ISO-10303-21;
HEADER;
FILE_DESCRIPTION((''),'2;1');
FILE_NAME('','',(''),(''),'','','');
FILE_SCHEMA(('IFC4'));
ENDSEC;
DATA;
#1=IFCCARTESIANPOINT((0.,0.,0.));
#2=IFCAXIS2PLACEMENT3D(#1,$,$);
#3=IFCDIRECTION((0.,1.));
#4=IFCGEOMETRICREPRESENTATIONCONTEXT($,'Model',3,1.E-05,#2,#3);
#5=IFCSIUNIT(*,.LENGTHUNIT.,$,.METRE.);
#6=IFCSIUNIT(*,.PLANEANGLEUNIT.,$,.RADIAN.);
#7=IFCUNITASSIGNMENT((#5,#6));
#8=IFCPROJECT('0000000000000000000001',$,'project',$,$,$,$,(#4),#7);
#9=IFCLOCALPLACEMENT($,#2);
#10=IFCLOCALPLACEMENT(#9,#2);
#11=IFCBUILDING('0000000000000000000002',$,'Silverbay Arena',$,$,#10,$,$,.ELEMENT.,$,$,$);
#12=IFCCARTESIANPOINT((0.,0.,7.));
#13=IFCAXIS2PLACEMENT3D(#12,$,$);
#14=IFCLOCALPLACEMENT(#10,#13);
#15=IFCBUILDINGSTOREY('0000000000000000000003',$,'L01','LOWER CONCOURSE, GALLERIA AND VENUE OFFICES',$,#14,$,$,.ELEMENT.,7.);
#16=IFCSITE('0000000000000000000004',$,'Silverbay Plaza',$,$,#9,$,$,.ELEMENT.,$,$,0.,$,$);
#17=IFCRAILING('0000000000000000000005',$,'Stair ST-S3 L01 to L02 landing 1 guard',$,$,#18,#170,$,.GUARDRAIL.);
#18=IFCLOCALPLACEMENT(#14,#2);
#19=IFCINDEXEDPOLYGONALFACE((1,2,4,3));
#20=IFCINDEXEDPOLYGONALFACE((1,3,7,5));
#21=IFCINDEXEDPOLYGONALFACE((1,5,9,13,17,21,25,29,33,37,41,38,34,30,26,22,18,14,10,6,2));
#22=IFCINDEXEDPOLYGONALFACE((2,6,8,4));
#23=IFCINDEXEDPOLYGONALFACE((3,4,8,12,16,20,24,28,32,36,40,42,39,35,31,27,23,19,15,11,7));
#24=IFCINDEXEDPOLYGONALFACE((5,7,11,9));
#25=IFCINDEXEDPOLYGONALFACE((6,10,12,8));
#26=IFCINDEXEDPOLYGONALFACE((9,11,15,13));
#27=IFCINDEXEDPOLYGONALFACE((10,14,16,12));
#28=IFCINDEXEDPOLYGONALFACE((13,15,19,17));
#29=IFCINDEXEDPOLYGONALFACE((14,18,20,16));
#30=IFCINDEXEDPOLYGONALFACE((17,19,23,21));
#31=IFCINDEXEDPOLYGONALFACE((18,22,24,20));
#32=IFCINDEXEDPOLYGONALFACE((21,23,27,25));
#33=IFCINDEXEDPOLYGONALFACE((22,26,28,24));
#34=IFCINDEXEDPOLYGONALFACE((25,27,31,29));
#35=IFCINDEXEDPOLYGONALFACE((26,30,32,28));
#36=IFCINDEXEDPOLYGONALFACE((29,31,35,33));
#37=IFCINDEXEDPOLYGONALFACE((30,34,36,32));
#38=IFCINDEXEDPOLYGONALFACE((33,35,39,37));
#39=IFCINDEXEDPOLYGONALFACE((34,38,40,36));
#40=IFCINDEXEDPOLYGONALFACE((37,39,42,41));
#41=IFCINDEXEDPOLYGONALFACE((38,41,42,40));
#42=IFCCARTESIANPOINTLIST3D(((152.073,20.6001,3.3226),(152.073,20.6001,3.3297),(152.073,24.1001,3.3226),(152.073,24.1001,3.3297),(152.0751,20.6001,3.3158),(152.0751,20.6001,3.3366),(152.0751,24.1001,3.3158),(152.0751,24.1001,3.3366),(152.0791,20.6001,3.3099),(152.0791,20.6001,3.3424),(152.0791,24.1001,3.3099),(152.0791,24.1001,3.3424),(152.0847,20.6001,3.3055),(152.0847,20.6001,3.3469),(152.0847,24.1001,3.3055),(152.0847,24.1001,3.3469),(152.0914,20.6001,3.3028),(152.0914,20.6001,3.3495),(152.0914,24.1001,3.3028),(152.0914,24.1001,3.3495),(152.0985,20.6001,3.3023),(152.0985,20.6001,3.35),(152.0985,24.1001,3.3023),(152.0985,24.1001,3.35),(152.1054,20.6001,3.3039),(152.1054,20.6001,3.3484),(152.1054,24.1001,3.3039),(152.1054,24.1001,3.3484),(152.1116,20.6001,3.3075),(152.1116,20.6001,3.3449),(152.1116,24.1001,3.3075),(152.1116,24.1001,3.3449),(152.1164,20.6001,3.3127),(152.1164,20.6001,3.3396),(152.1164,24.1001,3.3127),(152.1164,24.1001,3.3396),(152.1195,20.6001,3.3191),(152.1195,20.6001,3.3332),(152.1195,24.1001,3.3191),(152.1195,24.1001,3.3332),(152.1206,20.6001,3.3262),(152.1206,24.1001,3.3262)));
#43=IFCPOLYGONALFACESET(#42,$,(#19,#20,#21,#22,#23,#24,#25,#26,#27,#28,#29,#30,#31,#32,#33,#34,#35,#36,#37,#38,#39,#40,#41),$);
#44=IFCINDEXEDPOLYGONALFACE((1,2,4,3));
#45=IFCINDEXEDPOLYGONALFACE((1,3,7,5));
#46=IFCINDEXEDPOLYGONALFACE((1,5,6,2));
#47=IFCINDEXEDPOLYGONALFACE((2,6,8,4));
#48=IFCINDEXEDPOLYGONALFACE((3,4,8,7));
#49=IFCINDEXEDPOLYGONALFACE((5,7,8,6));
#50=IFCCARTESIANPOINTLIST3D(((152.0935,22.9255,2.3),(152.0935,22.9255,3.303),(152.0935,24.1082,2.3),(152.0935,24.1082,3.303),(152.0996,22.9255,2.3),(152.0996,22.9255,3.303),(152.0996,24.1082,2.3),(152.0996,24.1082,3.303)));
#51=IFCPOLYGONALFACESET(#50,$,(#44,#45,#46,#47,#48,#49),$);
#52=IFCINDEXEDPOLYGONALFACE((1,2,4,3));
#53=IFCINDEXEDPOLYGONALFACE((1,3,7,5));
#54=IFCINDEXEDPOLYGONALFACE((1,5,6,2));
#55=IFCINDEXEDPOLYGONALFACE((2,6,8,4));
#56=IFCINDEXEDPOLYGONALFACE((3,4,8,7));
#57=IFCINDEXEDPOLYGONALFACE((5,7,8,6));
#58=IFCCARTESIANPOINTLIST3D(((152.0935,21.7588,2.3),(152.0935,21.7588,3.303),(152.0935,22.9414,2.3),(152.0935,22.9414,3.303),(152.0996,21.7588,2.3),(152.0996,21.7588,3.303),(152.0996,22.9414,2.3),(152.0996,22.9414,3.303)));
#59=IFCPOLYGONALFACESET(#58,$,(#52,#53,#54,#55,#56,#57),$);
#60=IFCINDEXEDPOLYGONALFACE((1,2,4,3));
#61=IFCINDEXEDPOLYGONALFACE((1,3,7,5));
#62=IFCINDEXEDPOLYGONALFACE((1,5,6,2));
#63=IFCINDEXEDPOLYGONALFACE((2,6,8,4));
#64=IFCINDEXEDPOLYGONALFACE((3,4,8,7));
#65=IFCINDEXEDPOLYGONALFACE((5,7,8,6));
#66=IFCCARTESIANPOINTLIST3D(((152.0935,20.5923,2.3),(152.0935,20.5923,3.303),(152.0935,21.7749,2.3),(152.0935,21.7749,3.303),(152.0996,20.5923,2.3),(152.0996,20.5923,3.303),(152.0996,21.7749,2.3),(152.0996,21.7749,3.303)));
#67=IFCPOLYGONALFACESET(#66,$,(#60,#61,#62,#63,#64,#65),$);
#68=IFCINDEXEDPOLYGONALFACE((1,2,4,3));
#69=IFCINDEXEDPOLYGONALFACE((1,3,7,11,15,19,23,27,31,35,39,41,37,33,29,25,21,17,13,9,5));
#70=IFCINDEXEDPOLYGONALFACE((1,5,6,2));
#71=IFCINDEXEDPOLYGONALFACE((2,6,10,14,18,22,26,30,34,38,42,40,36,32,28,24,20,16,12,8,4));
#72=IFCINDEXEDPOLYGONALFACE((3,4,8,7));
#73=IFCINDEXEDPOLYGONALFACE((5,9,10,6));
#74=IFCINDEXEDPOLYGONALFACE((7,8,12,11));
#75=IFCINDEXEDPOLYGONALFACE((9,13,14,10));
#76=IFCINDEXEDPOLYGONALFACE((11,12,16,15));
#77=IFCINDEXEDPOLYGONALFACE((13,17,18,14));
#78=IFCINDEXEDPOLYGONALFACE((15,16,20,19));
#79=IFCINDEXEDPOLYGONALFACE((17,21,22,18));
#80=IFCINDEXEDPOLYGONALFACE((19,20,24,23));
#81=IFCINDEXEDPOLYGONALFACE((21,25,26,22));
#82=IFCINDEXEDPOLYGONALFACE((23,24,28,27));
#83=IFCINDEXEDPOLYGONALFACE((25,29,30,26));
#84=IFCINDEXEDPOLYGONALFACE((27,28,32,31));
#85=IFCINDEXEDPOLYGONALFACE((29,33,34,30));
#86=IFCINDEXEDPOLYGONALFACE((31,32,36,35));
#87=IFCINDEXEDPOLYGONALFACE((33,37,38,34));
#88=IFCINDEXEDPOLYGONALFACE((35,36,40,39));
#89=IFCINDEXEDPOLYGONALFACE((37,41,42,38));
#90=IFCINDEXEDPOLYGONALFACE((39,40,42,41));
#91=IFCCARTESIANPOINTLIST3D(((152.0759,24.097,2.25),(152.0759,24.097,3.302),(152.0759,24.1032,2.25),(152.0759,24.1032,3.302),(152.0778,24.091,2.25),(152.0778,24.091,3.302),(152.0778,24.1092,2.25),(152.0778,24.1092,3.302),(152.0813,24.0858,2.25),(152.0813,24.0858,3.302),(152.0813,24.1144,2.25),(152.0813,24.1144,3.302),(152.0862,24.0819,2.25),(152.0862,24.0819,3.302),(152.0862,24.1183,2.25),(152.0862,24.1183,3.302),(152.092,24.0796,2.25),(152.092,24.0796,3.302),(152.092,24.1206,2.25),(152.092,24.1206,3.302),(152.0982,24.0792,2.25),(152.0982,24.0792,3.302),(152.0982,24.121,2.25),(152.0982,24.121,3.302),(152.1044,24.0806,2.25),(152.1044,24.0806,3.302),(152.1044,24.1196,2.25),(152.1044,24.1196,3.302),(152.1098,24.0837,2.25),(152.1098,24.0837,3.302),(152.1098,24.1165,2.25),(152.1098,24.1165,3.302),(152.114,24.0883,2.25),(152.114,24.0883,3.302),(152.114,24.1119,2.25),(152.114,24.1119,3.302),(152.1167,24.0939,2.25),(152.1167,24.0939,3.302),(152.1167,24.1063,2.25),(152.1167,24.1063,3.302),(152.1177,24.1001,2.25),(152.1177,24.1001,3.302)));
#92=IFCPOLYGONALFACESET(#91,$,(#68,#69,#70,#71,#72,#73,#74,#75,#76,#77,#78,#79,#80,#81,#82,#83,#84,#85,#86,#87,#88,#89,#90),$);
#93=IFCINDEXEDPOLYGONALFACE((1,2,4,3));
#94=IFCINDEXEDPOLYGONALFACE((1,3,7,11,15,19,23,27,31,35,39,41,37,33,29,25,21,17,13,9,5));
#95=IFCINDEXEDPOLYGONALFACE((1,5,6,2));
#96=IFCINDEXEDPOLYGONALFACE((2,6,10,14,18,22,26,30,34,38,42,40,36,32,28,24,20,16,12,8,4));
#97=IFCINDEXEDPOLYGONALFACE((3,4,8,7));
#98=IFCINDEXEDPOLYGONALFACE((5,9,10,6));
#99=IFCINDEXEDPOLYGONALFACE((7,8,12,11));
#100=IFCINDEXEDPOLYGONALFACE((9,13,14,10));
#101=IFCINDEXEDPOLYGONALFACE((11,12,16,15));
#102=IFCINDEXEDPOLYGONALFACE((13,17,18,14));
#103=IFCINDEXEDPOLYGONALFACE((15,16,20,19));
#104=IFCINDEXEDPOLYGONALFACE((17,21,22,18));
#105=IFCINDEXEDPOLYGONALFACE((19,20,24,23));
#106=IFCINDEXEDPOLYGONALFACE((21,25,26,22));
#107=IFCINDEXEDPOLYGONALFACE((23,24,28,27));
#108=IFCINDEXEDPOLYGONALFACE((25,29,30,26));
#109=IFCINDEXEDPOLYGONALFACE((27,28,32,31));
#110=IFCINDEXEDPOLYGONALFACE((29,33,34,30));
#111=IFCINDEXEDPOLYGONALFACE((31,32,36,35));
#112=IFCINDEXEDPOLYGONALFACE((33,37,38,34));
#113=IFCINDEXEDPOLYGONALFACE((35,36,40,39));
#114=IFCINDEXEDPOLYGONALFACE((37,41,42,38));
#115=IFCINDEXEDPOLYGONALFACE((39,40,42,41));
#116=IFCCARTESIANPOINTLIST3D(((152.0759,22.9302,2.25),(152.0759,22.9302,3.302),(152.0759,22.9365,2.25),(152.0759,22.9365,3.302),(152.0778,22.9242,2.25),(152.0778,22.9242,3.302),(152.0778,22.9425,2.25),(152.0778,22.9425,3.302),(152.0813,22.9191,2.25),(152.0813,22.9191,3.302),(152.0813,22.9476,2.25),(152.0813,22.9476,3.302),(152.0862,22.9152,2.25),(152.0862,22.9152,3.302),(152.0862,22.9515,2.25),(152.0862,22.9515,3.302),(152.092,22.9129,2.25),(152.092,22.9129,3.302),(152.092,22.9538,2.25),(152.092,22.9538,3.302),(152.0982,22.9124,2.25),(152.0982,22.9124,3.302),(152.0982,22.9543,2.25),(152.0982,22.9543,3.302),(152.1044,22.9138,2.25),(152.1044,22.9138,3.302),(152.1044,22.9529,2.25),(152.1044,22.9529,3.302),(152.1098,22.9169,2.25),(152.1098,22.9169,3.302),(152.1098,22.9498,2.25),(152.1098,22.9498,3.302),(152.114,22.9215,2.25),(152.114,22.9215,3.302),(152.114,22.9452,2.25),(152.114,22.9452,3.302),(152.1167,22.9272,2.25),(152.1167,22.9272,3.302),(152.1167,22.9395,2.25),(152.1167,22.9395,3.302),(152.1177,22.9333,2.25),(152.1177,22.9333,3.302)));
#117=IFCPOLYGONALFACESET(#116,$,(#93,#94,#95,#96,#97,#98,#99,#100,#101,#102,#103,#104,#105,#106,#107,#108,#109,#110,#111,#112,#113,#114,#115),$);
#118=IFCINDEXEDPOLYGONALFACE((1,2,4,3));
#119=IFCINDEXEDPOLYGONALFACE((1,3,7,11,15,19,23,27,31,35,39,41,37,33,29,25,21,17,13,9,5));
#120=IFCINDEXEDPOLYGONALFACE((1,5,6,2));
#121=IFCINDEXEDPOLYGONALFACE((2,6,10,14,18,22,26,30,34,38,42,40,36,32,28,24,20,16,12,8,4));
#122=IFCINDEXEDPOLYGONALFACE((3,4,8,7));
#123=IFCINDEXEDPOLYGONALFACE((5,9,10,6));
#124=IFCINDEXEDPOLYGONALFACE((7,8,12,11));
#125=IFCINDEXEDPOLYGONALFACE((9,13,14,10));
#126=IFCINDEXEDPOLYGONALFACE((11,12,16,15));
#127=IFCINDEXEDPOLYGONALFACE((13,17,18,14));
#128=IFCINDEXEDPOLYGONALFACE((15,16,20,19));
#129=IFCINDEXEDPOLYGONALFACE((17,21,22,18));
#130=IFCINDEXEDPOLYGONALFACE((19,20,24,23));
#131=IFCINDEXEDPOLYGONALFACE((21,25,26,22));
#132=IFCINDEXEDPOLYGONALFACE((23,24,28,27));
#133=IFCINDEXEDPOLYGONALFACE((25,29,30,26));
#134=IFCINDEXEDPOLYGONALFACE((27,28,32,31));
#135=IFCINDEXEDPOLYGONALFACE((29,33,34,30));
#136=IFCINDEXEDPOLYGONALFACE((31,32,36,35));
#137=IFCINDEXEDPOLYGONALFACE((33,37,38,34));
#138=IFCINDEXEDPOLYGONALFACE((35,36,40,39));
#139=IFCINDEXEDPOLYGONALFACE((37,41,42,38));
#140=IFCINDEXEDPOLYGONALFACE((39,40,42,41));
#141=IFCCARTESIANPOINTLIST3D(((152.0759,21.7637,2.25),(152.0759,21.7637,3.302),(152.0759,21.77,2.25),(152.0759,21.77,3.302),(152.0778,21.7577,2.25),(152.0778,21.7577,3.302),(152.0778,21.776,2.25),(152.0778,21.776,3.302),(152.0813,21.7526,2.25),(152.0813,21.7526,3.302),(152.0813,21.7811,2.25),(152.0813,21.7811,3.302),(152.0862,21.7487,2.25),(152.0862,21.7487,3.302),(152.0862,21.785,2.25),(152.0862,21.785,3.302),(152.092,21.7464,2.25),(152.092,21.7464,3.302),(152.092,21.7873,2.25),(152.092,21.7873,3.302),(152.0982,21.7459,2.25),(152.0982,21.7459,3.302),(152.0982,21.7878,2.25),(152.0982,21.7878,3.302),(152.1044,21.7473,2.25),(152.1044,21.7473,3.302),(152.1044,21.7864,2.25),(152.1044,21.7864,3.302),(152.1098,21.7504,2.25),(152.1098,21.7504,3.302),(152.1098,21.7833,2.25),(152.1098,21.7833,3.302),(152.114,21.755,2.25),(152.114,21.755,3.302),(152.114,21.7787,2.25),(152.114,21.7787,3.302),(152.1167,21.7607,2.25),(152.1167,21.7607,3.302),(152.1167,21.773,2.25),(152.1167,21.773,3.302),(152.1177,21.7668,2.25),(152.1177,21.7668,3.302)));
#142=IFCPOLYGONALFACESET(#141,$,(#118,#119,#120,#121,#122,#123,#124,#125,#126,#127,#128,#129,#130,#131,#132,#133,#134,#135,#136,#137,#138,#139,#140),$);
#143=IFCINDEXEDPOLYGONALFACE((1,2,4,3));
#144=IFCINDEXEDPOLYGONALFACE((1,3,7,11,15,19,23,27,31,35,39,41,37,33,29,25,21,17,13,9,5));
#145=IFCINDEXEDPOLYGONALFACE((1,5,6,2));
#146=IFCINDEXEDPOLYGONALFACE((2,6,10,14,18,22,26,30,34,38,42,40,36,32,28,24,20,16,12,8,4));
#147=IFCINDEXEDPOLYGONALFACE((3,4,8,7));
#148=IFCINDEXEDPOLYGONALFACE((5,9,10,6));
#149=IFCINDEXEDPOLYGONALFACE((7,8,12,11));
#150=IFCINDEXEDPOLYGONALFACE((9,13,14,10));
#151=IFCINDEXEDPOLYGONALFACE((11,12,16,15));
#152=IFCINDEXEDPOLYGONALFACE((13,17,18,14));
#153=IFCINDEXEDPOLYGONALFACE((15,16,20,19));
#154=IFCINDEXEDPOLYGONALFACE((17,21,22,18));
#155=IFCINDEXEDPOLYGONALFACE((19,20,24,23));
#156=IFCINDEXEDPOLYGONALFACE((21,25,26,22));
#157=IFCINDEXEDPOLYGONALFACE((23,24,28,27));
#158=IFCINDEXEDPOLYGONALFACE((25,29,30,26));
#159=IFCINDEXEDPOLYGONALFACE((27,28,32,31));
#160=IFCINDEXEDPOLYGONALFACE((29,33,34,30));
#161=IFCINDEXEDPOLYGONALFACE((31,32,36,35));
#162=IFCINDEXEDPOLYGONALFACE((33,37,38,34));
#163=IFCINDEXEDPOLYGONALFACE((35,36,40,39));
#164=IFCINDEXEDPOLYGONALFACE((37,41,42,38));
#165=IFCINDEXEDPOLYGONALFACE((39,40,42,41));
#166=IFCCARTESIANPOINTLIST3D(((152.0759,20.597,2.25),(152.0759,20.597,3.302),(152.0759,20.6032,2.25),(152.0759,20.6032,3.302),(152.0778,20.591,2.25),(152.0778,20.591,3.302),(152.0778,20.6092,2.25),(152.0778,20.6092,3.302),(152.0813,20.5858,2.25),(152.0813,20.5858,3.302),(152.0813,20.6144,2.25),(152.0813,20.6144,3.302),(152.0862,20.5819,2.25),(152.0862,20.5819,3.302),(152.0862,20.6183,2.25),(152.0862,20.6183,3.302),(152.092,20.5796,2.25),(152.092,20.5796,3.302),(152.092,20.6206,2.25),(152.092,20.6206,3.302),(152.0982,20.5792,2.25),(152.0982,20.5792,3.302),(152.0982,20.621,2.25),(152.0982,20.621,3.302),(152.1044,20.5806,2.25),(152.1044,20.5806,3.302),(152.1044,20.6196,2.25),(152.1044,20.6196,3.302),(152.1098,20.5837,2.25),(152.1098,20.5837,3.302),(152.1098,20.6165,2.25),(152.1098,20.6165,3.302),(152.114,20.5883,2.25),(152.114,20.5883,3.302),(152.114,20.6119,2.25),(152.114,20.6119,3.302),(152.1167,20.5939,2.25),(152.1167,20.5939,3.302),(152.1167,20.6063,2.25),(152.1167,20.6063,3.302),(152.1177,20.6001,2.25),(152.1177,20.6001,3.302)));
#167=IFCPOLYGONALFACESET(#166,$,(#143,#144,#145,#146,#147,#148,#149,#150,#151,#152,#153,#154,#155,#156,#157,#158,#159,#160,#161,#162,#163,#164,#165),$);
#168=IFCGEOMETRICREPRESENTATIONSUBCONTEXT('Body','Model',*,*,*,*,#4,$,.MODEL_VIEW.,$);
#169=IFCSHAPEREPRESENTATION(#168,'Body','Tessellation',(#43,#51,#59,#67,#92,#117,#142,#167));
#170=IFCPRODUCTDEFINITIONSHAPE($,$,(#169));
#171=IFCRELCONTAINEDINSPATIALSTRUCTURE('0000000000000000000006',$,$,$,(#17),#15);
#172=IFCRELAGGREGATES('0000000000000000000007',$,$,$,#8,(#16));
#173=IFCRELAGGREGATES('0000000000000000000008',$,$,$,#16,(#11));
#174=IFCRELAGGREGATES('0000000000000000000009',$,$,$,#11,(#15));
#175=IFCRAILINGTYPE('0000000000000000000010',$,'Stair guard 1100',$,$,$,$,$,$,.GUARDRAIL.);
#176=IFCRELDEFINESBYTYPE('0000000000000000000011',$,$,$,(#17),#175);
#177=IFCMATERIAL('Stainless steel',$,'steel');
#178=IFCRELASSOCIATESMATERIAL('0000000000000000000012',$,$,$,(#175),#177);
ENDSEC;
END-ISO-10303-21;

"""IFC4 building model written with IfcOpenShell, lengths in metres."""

from ifc_helpers import new_model, si_unit, direction, frame, origin, origin_2d, place, context, subcontext, project, spatial, polyline, circle, outline, extrude, material, type_object, element, save


model = new_model("IFC4")

# Units and contexts
model_context = context("Model", 3, precision=1e-05, world=origin(), true_north=direction((0.0, 1.0)))
body_context = subcontext(model_context, "Body", "Model", "MODEL_VIEW")
ifc_project = project(units=[si_unit("LENGTHUNIT", "METRE"), si_unit("PLANEANGLEUNIT", "RADIAN")], contexts=[model_context])

# Site, building, storey
site_placement = place(None, origin())
site = spatial("IfcSite", under=ifc_project, at=site_placement, Name="Silverbay Plaza", CompositionType="ELEMENT", RefElevation=0.0)
building_placement = place(site_placement, origin())
building = spatial("IfcBuilding", under=site, at=building_placement, Name="Silverbay Arena", CompositionType="ELEMENT")
storey_placement = place(building_placement, frame((0.0, 0.0, 7.0)))
storey = spatial("IfcBuildingStorey", under=building, at=storey_placement, Name="L01", Description="LOWER CONCOURSE, GALLERIA AND VENUE OFFICES", CompositionType="ELEMENT", Elevation=7.0)

# Railing
ifc_material_1 = material(Name="Stainless steel", Category="steel")
railing_type_1 = type_object("IfcRailingType", Name="Stair guard 1100", PredefinedType="GUARDRAIL", material=ifc_material_1)
railing_1_placement = place(storey_placement, frame((152.0967, 24.1001, 2.25)))
element("IfcRailing", 1, at=railing_1_placement, inside=storey, type_object=railing_type_1, Name="Stair ST-S3 L01 to L02 landing 1 guard", PredefinedType="GUARDRAIL", context=body_context, shape_type="SweptSolid", body=[
    extrude(circle(Radius=0.0239, at=origin_2d()), frame((0.0, 0.0, 1.0762), z_axis=(0.0, -1.0, 0.0), x_axis=(1.0, 0.0, 0.0)), (0.0, 0.0, 1.0), 3.5),
    extrude(outline(polyline([(-0.0081, 0.05), (1.1746, 0.05), (1.1746, 1.053), (-0.0081, 1.053), (-0.0081, 0.05)])), frame((0.0029, 0.0, 0.0), z_axis=(-1.0, 0.0, 0.0), x_axis=(0.0, -1.0, 0.0)), (0.0, 0.0, 1.0), 0.0061),
    extrude(outline(polyline([(-0.0081, 0.05), (1.1746, 0.05), (1.1746, 1.053), (-0.0081, 1.053), (-0.0081, 0.05)])), frame((0.0029, -1.1667, 0.0), z_axis=(-1.0, 0.0, 0.0), x_axis=(0.0, -1.0, 0.0)), (0.0, 0.0, 1.0), 0.0061),
    extrude(outline(polyline([(-0.0081, 0.05), (1.1746, 0.05), (1.1746, 1.053), (-0.0081, 1.053), (-0.0081, 0.05)])), frame((0.0029, -2.3333, 0.0), z_axis=(-1.0, 0.0, 0.0), x_axis=(0.0, -1.0, 0.0)), (0.0, 0.0, 1.0), 0.0061),
    extrude(circle(Radius=0.021, at=origin_2d()), origin(), (0.0, 0.0, 1.0), 1.052),
    extrude(circle(Radius=0.021, at=origin_2d()), frame((0.0, -1.1667, 0.0)), (0.0, 0.0, 1.0), 1.052),
    extrude(circle(Radius=0.021, at=origin_2d()), frame((0.0, -2.3333, 0.0)), (0.0, 0.0, 1.0), 1.052),
    extrude(circle(Radius=0.021, at=origin_2d()), frame((0.0, -3.5, 0.0)), (0.0, 0.0, 1.0), 1.052),
])

save(model, "model.ifc")
